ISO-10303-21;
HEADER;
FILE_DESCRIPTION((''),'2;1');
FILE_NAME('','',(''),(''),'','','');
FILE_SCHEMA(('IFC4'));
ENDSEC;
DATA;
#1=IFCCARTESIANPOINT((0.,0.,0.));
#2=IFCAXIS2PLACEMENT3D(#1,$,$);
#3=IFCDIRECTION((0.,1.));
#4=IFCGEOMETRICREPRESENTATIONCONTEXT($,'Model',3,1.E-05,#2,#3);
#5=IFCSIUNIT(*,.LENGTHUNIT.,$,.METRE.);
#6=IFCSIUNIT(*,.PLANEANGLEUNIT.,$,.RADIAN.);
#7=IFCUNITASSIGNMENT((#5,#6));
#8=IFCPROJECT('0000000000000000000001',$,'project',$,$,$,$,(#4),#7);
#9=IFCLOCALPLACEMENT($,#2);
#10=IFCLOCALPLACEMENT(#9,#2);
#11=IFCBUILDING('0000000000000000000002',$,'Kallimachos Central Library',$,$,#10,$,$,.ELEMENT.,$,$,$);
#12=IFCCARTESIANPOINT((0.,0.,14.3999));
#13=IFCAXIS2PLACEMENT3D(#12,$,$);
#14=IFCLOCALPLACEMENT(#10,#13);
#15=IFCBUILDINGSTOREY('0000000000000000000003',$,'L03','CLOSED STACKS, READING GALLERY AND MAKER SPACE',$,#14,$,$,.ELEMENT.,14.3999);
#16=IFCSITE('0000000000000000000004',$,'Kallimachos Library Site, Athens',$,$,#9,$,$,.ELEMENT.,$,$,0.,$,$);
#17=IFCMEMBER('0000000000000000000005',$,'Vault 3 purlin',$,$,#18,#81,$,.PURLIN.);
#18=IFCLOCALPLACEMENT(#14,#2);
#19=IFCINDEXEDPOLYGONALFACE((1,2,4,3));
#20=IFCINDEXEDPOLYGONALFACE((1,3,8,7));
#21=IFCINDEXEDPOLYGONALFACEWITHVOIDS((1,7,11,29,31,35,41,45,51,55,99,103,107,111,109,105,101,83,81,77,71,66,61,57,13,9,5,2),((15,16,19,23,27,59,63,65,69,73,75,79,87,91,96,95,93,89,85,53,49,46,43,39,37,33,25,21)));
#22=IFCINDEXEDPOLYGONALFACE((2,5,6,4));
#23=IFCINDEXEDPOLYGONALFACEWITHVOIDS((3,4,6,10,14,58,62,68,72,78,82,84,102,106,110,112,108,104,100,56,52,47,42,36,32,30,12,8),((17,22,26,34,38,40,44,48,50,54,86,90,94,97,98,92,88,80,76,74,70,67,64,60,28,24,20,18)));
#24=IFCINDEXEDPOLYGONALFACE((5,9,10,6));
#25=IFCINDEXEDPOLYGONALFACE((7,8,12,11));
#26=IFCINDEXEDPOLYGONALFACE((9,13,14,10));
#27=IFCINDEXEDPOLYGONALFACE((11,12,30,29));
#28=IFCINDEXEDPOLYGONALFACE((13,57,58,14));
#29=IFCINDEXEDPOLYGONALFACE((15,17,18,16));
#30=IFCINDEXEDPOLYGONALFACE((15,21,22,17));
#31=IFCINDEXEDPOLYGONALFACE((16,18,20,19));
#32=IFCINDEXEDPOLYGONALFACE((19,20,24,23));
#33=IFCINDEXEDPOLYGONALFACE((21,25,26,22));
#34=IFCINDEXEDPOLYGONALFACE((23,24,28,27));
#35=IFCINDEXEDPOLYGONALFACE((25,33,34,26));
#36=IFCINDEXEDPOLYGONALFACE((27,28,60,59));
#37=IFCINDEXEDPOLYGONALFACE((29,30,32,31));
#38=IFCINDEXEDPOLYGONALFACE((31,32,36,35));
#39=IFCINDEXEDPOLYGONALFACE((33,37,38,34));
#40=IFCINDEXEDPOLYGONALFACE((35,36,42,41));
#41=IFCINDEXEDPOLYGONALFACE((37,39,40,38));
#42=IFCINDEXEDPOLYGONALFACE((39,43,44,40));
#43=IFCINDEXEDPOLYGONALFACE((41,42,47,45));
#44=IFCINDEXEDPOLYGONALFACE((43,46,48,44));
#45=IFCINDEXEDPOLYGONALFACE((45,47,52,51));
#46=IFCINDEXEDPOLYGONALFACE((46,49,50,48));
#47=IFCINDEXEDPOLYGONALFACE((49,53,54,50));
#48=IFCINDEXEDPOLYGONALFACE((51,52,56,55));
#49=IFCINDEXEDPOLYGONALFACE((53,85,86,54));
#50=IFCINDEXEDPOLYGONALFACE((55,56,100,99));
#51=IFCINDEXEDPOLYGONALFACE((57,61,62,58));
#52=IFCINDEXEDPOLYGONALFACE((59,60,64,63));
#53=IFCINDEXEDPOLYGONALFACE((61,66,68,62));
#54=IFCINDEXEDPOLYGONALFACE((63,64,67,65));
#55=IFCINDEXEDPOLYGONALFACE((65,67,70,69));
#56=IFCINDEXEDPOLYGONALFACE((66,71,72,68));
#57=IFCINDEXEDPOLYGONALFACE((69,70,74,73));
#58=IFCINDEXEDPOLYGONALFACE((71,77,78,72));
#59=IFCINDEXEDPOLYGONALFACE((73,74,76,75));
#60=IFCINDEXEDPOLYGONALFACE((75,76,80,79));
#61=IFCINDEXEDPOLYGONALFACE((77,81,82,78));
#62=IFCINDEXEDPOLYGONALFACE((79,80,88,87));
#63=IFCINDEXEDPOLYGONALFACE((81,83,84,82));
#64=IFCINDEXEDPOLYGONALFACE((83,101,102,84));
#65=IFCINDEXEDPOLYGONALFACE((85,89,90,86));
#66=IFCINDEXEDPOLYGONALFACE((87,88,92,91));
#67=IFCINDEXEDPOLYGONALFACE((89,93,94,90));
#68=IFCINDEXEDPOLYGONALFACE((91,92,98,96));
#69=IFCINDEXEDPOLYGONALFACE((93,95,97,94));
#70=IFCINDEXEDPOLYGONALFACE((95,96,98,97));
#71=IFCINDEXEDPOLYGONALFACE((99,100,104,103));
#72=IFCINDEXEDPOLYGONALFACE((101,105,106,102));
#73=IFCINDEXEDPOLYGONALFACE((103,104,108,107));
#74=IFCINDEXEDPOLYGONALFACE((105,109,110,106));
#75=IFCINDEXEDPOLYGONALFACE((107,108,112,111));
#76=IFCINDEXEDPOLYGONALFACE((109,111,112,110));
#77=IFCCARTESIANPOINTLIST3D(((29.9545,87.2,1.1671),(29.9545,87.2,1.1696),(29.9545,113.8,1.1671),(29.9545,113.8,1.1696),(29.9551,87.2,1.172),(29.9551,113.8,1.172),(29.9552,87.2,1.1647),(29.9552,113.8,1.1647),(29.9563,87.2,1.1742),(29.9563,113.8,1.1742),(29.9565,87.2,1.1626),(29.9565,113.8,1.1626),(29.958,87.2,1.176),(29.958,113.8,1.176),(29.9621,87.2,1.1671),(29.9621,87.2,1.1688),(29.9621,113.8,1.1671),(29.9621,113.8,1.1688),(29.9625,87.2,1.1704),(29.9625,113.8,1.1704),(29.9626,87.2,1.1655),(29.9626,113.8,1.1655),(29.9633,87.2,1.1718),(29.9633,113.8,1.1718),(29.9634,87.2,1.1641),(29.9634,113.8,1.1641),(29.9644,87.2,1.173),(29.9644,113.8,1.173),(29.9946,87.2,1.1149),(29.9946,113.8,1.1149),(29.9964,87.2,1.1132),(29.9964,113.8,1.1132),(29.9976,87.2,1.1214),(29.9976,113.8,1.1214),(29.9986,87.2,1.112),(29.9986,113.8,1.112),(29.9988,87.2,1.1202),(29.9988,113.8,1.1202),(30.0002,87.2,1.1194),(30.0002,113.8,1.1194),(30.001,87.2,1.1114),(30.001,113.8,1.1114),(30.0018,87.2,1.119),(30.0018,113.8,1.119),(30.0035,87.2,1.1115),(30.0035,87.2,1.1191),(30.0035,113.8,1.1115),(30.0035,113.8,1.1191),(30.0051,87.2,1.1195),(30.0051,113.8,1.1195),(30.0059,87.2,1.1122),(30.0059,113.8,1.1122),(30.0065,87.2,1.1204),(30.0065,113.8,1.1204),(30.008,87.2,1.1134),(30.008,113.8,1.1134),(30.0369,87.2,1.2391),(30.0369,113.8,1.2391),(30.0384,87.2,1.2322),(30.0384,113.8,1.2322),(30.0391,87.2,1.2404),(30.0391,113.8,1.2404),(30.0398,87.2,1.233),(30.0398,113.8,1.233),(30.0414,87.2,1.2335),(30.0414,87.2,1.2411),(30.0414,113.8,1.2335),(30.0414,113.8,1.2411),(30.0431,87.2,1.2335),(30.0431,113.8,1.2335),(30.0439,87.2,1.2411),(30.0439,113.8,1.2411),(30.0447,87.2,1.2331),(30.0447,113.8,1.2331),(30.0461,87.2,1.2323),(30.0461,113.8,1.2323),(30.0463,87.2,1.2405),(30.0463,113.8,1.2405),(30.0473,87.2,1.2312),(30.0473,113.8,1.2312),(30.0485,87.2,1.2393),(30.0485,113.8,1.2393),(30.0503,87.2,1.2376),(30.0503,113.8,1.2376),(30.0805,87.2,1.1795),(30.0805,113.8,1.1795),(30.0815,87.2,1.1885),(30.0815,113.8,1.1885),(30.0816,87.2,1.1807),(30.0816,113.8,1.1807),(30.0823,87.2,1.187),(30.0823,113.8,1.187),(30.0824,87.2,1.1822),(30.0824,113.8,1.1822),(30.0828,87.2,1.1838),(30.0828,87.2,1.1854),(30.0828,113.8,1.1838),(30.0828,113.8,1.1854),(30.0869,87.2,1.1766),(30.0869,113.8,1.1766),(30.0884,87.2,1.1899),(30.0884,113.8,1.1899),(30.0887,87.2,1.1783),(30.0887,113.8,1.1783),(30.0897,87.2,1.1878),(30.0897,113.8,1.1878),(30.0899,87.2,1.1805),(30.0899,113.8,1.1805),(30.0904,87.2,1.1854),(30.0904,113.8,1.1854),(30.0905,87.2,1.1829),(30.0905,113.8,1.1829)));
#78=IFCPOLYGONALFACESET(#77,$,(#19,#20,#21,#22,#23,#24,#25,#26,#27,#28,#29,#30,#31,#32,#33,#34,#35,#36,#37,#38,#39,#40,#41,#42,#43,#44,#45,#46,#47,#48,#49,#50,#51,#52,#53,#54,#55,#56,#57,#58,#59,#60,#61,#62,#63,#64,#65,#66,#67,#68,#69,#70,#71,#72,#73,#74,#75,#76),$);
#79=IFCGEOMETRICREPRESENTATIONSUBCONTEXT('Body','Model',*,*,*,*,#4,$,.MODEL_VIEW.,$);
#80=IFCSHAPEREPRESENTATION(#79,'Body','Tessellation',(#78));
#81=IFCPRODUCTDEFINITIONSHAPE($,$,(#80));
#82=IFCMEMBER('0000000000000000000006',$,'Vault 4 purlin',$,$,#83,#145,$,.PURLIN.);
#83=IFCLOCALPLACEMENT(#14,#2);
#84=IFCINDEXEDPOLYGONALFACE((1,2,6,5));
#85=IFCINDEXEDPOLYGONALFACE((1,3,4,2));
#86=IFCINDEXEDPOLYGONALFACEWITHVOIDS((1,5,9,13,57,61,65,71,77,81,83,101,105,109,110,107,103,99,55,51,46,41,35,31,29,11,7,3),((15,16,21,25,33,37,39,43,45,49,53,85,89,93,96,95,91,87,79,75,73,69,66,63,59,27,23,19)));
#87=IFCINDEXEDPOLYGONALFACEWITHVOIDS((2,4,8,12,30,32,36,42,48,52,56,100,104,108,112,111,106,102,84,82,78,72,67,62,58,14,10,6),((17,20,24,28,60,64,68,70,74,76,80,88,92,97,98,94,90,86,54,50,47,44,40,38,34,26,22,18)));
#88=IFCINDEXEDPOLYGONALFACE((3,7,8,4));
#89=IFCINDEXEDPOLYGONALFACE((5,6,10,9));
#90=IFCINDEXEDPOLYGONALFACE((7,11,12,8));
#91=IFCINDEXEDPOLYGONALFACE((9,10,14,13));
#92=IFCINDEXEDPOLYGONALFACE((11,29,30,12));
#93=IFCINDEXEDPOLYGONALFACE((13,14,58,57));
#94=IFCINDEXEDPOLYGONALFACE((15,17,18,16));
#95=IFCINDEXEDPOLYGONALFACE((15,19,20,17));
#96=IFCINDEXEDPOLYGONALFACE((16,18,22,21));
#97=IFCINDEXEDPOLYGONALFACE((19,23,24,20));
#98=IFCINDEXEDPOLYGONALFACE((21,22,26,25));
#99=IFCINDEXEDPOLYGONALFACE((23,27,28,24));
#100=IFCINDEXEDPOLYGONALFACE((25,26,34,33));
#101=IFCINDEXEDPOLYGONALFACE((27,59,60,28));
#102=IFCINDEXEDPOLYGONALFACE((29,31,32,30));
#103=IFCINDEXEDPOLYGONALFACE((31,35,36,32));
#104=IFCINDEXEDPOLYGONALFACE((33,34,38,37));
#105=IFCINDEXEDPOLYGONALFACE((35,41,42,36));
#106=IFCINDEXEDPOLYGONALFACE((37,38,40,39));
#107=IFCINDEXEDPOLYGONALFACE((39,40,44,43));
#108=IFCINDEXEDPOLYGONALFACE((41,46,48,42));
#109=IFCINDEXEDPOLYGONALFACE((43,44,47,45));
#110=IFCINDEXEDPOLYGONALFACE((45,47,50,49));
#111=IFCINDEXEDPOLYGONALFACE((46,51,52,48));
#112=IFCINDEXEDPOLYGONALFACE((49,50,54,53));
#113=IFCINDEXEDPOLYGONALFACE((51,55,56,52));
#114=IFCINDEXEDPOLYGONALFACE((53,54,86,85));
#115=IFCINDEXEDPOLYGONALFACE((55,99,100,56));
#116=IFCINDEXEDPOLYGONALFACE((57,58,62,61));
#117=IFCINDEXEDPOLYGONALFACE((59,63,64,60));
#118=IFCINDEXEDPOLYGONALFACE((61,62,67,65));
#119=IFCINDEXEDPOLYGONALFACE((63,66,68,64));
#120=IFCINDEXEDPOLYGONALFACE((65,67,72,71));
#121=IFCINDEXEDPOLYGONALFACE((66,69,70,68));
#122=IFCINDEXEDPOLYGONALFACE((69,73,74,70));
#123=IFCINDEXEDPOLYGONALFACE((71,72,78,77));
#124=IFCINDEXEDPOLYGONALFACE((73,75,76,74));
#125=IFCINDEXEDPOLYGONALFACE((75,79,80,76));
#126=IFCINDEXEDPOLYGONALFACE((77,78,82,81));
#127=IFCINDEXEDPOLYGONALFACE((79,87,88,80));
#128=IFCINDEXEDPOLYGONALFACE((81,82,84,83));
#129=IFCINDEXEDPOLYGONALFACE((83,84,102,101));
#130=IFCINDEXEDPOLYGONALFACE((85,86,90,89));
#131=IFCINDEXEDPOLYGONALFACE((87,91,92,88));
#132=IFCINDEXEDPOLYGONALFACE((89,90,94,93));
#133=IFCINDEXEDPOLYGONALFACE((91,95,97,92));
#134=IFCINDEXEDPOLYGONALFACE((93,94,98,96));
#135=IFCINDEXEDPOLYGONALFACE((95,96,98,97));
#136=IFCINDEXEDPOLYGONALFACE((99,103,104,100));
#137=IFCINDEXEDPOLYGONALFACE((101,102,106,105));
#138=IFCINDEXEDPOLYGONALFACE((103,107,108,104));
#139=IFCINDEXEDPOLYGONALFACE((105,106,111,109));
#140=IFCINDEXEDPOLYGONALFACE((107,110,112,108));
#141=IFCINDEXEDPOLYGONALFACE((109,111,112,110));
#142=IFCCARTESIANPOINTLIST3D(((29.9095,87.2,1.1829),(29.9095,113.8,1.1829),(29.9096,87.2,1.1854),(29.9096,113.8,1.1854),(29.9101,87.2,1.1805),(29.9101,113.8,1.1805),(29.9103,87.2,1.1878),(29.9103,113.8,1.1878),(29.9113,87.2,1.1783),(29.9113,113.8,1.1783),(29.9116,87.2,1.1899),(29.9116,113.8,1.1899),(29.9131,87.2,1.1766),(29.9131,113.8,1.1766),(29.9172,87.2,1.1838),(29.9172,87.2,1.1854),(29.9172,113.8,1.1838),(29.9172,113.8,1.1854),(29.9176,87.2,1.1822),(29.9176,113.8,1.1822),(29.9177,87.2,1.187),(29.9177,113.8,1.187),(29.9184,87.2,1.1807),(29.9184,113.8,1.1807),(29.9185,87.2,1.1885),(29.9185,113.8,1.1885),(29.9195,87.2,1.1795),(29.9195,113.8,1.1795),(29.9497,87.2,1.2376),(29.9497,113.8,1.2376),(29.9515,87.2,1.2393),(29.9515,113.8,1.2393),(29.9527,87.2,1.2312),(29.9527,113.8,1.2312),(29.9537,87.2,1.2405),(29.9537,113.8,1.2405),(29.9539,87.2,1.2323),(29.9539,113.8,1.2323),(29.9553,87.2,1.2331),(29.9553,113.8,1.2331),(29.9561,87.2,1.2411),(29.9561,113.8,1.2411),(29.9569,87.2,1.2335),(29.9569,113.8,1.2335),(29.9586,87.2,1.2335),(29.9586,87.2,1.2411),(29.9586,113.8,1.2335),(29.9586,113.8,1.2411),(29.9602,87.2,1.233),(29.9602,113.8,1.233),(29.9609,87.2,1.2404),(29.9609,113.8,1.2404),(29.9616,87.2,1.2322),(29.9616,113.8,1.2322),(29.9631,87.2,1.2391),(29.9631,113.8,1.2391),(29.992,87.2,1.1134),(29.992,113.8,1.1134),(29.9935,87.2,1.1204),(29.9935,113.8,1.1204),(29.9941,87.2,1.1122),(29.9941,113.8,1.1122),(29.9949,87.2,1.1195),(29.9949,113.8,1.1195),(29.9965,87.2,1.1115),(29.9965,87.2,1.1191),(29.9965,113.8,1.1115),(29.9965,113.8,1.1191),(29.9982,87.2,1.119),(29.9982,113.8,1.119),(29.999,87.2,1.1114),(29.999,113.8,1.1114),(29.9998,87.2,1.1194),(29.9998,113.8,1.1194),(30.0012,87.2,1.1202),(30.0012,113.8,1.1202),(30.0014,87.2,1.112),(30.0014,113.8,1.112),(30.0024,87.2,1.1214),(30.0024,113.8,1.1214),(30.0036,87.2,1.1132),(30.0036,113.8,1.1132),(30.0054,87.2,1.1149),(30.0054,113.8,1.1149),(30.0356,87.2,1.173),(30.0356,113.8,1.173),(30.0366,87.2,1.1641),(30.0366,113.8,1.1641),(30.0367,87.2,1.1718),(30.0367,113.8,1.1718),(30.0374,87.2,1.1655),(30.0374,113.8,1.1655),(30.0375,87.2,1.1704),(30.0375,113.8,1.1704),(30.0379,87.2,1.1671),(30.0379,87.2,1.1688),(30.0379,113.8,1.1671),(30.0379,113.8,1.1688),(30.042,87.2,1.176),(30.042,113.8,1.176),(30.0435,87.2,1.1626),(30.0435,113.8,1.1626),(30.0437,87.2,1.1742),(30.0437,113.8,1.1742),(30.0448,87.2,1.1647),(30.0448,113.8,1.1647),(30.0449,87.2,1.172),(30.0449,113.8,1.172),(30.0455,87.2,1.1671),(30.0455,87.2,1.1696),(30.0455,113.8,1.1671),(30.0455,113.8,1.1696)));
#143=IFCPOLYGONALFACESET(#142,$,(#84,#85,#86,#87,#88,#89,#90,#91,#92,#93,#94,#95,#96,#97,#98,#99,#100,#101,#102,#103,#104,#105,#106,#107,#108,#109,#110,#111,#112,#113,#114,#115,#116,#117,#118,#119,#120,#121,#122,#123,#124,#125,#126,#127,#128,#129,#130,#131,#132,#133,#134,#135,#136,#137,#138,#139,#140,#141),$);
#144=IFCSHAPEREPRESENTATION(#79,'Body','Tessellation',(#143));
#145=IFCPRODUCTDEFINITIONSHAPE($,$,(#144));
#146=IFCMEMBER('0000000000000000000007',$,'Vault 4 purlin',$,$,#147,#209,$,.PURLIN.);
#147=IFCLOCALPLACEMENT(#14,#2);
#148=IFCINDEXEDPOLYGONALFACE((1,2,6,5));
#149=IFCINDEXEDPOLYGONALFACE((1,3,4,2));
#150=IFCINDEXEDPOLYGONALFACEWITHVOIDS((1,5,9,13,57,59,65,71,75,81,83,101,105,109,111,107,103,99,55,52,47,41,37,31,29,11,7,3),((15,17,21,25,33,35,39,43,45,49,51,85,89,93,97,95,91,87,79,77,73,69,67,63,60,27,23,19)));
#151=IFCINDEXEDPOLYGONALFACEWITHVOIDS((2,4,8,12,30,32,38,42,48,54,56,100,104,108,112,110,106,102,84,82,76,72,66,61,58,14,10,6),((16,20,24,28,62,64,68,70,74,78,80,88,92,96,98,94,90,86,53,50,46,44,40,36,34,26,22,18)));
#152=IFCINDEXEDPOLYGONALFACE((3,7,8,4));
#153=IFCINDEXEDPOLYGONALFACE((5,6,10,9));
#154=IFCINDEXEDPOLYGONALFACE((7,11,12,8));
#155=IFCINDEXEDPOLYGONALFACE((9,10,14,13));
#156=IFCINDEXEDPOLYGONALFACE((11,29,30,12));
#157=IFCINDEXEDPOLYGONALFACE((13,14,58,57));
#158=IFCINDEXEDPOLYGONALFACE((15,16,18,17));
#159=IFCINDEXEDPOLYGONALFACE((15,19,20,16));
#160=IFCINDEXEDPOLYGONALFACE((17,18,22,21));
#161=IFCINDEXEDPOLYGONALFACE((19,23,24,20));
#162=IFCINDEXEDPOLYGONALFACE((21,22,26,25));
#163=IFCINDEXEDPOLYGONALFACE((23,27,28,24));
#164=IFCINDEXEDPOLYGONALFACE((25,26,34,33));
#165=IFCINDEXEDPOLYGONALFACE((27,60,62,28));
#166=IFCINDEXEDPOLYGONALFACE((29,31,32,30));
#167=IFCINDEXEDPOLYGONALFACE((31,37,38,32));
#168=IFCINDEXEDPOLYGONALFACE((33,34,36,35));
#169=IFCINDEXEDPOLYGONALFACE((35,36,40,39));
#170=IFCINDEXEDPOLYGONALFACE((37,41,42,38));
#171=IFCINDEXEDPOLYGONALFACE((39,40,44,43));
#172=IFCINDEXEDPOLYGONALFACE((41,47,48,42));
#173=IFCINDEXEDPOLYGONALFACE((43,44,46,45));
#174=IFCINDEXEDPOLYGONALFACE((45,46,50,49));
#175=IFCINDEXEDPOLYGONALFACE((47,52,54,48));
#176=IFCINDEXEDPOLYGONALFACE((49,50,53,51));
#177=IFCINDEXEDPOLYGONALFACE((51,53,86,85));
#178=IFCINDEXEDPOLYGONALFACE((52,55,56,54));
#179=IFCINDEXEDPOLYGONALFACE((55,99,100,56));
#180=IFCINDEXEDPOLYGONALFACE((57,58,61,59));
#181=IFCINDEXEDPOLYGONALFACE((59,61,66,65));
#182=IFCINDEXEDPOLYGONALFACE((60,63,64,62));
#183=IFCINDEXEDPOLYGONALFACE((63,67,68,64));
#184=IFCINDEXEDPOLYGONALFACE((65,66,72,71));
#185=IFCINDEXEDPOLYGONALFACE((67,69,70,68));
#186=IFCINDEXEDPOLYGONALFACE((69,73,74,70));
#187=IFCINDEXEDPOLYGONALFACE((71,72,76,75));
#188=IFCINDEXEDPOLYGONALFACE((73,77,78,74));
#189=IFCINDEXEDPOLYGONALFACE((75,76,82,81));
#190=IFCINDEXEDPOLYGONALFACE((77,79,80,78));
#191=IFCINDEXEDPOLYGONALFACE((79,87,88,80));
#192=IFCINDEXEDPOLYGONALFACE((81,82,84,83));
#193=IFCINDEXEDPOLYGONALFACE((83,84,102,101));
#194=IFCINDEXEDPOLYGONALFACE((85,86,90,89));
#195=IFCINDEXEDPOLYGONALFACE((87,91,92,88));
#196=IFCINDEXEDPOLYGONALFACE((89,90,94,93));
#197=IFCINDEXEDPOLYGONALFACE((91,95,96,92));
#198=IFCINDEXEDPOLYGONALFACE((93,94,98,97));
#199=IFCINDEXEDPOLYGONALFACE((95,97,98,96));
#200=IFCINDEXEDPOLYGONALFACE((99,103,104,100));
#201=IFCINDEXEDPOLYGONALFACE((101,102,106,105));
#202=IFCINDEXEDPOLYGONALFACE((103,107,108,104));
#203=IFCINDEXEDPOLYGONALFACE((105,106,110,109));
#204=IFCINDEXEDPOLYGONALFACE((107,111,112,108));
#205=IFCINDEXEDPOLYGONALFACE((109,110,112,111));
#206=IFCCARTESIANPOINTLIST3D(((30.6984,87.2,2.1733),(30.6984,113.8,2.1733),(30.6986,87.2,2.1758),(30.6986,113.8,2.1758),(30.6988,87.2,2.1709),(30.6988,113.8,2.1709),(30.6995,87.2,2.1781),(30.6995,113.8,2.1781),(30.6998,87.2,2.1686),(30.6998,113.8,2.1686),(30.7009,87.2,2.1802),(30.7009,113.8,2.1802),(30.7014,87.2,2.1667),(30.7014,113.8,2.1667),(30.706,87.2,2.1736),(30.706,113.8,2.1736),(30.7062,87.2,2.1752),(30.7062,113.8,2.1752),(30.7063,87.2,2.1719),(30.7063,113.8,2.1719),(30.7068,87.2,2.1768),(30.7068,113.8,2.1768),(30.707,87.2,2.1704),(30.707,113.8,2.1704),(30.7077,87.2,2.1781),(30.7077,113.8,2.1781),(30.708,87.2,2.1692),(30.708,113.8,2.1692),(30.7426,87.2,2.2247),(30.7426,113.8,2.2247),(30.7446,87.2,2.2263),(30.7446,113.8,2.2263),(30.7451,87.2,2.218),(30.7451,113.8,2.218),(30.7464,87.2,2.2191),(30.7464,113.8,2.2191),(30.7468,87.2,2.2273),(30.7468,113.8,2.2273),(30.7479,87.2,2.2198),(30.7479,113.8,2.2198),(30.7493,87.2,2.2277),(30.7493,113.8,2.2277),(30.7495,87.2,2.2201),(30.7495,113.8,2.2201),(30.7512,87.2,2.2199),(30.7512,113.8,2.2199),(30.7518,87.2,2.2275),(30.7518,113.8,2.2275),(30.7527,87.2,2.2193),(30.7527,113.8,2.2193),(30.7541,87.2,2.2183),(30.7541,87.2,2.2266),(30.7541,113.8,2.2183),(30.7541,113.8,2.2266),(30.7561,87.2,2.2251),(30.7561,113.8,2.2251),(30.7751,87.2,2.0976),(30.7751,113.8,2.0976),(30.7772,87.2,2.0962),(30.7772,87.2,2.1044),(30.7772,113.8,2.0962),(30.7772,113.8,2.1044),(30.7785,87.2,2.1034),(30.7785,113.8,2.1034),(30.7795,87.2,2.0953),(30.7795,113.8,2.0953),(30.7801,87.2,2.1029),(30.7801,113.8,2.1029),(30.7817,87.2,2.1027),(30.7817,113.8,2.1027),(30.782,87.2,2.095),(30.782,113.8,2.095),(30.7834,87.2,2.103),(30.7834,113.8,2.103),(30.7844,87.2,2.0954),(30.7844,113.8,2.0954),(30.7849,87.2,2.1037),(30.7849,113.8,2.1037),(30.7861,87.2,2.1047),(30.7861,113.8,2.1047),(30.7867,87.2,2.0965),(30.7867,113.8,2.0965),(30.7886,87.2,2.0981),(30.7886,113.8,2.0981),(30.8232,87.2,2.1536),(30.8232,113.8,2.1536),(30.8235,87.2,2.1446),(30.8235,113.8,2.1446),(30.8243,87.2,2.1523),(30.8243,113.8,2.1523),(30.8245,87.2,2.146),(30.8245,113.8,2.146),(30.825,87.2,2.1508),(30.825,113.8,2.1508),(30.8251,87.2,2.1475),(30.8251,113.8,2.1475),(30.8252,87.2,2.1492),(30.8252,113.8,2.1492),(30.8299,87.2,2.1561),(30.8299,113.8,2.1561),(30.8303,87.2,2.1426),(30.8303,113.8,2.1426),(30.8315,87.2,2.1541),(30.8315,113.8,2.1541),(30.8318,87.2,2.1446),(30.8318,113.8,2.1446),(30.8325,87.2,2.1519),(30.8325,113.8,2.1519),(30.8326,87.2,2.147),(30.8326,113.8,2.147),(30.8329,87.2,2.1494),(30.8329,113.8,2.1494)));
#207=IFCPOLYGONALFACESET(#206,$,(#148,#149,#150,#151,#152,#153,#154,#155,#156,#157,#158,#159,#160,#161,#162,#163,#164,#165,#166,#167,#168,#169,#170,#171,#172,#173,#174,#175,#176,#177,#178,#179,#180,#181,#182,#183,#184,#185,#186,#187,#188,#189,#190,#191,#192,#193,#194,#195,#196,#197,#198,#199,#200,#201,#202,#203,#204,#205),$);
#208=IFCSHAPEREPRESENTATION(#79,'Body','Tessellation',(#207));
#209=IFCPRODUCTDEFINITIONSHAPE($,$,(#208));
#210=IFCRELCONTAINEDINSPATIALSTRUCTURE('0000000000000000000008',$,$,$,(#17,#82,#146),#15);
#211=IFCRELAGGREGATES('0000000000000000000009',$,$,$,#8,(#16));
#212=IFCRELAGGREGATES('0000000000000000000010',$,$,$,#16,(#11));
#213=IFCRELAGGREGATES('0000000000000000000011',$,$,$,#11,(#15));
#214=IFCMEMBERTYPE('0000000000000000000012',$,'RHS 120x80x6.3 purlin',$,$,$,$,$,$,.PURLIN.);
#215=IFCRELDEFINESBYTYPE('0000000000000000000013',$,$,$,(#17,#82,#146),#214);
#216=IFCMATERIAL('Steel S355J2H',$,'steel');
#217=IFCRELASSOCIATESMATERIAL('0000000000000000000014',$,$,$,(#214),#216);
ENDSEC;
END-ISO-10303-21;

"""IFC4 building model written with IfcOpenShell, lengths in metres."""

from ifc_helpers import new_model, si_unit, direction, frame, origin, origin_2d, place, context, subcontext, project, spatial, hollow_rectangle, extrude, material, material_profile, profile_set, type_object, element, save


model = new_model("IFC4")

# Units and contexts
model_context = context("Model", 3, precision=1e-05, world=origin(), true_north=direction((0.0, 1.0)))
body_context = subcontext(model_context, "Body", "Model", "MODEL_VIEW")
ifc_project = project(units=[si_unit("LENGTHUNIT", "METRE"), si_unit("PLANEANGLEUNIT", "RADIAN")], contexts=[model_context])

# Site, building, storey
site_placement = place(None, origin())
site = spatial("IfcSite", under=ifc_project, at=site_placement, Name="Kallimachos Library Site, Athens", CompositionType="ELEMENT", RefElevation=0.0)
building_placement = place(site_placement, origin())
building = spatial("IfcBuilding", under=site, at=building_placement, Name="Kallimachos Central Library", CompositionType="ELEMENT")
storey_placement = place(building_placement, frame((0.0, 0.0, 14.3999)))
storey = spatial("IfcBuildingStorey", under=building, at=storey_placement, Name="L03", Description="CLOSED STACKS, READING GALLERY AND MAKER SPACE", CompositionType="ELEMENT", Elevation=14.3999)

# Members
ifc_material_1 = material(Name="Steel S355J2H", Category="steel")
ifc_material_profile = material_profile(ifc_material_1, hollow_rectangle(XDim=0.0801, YDim=0.1201, WallThickness=0.0063, InnerFilletRadius=0.0063, OuterFilletRadius=0.0095, at=origin_2d()), Name="RHS 120x80x6.3")
ifc_profile_set = profile_set([ifc_material_profile], Name="Steel S355J2H")
member_type = type_object("IfcMemberType", Name="RHS 120x80x6.3 purlin", PredefinedType="PURLIN", material=ifc_profile_set)
for number, where, z_axis, x_axis, name in (
    (1, (30.0225, 87.2, 1.1763), (0.0, 1.0, 0.0), (-0.62444, 0.0, 0.781072), "Vault 3 purlin"),
    (2, (29.9775, 87.2, 1.1763), (0.0, 1.0, 0.0), (-0.62444, 0.0, -0.781072), "Vault 4 purlin"),
    (3, (30.7656, 87.2, 2.1614), (0.0, 1.0, 0.0), (-0.683497, 0.0, -0.729953), "Vault 4 purlin"),
):
    element("IfcMember", number, at=place(storey_placement, frame(where, z_axis=z_axis, x_axis=x_axis)), inside=storey, type_object=member_type, Name=name, PredefinedType="PURLIN", context=body_context, shape_type="SweptSolid", body=[
        extrude(hollow_rectangle(XDim=0.0801, YDim=0.1201, WallThickness=0.0063, InnerFilletRadius=0.0063, OuterFilletRadius=0.0095, at=origin_2d()), origin(), (0.0, 0.0, 1.0), 26.6001),
    ])

save(model, "model.ifc")
